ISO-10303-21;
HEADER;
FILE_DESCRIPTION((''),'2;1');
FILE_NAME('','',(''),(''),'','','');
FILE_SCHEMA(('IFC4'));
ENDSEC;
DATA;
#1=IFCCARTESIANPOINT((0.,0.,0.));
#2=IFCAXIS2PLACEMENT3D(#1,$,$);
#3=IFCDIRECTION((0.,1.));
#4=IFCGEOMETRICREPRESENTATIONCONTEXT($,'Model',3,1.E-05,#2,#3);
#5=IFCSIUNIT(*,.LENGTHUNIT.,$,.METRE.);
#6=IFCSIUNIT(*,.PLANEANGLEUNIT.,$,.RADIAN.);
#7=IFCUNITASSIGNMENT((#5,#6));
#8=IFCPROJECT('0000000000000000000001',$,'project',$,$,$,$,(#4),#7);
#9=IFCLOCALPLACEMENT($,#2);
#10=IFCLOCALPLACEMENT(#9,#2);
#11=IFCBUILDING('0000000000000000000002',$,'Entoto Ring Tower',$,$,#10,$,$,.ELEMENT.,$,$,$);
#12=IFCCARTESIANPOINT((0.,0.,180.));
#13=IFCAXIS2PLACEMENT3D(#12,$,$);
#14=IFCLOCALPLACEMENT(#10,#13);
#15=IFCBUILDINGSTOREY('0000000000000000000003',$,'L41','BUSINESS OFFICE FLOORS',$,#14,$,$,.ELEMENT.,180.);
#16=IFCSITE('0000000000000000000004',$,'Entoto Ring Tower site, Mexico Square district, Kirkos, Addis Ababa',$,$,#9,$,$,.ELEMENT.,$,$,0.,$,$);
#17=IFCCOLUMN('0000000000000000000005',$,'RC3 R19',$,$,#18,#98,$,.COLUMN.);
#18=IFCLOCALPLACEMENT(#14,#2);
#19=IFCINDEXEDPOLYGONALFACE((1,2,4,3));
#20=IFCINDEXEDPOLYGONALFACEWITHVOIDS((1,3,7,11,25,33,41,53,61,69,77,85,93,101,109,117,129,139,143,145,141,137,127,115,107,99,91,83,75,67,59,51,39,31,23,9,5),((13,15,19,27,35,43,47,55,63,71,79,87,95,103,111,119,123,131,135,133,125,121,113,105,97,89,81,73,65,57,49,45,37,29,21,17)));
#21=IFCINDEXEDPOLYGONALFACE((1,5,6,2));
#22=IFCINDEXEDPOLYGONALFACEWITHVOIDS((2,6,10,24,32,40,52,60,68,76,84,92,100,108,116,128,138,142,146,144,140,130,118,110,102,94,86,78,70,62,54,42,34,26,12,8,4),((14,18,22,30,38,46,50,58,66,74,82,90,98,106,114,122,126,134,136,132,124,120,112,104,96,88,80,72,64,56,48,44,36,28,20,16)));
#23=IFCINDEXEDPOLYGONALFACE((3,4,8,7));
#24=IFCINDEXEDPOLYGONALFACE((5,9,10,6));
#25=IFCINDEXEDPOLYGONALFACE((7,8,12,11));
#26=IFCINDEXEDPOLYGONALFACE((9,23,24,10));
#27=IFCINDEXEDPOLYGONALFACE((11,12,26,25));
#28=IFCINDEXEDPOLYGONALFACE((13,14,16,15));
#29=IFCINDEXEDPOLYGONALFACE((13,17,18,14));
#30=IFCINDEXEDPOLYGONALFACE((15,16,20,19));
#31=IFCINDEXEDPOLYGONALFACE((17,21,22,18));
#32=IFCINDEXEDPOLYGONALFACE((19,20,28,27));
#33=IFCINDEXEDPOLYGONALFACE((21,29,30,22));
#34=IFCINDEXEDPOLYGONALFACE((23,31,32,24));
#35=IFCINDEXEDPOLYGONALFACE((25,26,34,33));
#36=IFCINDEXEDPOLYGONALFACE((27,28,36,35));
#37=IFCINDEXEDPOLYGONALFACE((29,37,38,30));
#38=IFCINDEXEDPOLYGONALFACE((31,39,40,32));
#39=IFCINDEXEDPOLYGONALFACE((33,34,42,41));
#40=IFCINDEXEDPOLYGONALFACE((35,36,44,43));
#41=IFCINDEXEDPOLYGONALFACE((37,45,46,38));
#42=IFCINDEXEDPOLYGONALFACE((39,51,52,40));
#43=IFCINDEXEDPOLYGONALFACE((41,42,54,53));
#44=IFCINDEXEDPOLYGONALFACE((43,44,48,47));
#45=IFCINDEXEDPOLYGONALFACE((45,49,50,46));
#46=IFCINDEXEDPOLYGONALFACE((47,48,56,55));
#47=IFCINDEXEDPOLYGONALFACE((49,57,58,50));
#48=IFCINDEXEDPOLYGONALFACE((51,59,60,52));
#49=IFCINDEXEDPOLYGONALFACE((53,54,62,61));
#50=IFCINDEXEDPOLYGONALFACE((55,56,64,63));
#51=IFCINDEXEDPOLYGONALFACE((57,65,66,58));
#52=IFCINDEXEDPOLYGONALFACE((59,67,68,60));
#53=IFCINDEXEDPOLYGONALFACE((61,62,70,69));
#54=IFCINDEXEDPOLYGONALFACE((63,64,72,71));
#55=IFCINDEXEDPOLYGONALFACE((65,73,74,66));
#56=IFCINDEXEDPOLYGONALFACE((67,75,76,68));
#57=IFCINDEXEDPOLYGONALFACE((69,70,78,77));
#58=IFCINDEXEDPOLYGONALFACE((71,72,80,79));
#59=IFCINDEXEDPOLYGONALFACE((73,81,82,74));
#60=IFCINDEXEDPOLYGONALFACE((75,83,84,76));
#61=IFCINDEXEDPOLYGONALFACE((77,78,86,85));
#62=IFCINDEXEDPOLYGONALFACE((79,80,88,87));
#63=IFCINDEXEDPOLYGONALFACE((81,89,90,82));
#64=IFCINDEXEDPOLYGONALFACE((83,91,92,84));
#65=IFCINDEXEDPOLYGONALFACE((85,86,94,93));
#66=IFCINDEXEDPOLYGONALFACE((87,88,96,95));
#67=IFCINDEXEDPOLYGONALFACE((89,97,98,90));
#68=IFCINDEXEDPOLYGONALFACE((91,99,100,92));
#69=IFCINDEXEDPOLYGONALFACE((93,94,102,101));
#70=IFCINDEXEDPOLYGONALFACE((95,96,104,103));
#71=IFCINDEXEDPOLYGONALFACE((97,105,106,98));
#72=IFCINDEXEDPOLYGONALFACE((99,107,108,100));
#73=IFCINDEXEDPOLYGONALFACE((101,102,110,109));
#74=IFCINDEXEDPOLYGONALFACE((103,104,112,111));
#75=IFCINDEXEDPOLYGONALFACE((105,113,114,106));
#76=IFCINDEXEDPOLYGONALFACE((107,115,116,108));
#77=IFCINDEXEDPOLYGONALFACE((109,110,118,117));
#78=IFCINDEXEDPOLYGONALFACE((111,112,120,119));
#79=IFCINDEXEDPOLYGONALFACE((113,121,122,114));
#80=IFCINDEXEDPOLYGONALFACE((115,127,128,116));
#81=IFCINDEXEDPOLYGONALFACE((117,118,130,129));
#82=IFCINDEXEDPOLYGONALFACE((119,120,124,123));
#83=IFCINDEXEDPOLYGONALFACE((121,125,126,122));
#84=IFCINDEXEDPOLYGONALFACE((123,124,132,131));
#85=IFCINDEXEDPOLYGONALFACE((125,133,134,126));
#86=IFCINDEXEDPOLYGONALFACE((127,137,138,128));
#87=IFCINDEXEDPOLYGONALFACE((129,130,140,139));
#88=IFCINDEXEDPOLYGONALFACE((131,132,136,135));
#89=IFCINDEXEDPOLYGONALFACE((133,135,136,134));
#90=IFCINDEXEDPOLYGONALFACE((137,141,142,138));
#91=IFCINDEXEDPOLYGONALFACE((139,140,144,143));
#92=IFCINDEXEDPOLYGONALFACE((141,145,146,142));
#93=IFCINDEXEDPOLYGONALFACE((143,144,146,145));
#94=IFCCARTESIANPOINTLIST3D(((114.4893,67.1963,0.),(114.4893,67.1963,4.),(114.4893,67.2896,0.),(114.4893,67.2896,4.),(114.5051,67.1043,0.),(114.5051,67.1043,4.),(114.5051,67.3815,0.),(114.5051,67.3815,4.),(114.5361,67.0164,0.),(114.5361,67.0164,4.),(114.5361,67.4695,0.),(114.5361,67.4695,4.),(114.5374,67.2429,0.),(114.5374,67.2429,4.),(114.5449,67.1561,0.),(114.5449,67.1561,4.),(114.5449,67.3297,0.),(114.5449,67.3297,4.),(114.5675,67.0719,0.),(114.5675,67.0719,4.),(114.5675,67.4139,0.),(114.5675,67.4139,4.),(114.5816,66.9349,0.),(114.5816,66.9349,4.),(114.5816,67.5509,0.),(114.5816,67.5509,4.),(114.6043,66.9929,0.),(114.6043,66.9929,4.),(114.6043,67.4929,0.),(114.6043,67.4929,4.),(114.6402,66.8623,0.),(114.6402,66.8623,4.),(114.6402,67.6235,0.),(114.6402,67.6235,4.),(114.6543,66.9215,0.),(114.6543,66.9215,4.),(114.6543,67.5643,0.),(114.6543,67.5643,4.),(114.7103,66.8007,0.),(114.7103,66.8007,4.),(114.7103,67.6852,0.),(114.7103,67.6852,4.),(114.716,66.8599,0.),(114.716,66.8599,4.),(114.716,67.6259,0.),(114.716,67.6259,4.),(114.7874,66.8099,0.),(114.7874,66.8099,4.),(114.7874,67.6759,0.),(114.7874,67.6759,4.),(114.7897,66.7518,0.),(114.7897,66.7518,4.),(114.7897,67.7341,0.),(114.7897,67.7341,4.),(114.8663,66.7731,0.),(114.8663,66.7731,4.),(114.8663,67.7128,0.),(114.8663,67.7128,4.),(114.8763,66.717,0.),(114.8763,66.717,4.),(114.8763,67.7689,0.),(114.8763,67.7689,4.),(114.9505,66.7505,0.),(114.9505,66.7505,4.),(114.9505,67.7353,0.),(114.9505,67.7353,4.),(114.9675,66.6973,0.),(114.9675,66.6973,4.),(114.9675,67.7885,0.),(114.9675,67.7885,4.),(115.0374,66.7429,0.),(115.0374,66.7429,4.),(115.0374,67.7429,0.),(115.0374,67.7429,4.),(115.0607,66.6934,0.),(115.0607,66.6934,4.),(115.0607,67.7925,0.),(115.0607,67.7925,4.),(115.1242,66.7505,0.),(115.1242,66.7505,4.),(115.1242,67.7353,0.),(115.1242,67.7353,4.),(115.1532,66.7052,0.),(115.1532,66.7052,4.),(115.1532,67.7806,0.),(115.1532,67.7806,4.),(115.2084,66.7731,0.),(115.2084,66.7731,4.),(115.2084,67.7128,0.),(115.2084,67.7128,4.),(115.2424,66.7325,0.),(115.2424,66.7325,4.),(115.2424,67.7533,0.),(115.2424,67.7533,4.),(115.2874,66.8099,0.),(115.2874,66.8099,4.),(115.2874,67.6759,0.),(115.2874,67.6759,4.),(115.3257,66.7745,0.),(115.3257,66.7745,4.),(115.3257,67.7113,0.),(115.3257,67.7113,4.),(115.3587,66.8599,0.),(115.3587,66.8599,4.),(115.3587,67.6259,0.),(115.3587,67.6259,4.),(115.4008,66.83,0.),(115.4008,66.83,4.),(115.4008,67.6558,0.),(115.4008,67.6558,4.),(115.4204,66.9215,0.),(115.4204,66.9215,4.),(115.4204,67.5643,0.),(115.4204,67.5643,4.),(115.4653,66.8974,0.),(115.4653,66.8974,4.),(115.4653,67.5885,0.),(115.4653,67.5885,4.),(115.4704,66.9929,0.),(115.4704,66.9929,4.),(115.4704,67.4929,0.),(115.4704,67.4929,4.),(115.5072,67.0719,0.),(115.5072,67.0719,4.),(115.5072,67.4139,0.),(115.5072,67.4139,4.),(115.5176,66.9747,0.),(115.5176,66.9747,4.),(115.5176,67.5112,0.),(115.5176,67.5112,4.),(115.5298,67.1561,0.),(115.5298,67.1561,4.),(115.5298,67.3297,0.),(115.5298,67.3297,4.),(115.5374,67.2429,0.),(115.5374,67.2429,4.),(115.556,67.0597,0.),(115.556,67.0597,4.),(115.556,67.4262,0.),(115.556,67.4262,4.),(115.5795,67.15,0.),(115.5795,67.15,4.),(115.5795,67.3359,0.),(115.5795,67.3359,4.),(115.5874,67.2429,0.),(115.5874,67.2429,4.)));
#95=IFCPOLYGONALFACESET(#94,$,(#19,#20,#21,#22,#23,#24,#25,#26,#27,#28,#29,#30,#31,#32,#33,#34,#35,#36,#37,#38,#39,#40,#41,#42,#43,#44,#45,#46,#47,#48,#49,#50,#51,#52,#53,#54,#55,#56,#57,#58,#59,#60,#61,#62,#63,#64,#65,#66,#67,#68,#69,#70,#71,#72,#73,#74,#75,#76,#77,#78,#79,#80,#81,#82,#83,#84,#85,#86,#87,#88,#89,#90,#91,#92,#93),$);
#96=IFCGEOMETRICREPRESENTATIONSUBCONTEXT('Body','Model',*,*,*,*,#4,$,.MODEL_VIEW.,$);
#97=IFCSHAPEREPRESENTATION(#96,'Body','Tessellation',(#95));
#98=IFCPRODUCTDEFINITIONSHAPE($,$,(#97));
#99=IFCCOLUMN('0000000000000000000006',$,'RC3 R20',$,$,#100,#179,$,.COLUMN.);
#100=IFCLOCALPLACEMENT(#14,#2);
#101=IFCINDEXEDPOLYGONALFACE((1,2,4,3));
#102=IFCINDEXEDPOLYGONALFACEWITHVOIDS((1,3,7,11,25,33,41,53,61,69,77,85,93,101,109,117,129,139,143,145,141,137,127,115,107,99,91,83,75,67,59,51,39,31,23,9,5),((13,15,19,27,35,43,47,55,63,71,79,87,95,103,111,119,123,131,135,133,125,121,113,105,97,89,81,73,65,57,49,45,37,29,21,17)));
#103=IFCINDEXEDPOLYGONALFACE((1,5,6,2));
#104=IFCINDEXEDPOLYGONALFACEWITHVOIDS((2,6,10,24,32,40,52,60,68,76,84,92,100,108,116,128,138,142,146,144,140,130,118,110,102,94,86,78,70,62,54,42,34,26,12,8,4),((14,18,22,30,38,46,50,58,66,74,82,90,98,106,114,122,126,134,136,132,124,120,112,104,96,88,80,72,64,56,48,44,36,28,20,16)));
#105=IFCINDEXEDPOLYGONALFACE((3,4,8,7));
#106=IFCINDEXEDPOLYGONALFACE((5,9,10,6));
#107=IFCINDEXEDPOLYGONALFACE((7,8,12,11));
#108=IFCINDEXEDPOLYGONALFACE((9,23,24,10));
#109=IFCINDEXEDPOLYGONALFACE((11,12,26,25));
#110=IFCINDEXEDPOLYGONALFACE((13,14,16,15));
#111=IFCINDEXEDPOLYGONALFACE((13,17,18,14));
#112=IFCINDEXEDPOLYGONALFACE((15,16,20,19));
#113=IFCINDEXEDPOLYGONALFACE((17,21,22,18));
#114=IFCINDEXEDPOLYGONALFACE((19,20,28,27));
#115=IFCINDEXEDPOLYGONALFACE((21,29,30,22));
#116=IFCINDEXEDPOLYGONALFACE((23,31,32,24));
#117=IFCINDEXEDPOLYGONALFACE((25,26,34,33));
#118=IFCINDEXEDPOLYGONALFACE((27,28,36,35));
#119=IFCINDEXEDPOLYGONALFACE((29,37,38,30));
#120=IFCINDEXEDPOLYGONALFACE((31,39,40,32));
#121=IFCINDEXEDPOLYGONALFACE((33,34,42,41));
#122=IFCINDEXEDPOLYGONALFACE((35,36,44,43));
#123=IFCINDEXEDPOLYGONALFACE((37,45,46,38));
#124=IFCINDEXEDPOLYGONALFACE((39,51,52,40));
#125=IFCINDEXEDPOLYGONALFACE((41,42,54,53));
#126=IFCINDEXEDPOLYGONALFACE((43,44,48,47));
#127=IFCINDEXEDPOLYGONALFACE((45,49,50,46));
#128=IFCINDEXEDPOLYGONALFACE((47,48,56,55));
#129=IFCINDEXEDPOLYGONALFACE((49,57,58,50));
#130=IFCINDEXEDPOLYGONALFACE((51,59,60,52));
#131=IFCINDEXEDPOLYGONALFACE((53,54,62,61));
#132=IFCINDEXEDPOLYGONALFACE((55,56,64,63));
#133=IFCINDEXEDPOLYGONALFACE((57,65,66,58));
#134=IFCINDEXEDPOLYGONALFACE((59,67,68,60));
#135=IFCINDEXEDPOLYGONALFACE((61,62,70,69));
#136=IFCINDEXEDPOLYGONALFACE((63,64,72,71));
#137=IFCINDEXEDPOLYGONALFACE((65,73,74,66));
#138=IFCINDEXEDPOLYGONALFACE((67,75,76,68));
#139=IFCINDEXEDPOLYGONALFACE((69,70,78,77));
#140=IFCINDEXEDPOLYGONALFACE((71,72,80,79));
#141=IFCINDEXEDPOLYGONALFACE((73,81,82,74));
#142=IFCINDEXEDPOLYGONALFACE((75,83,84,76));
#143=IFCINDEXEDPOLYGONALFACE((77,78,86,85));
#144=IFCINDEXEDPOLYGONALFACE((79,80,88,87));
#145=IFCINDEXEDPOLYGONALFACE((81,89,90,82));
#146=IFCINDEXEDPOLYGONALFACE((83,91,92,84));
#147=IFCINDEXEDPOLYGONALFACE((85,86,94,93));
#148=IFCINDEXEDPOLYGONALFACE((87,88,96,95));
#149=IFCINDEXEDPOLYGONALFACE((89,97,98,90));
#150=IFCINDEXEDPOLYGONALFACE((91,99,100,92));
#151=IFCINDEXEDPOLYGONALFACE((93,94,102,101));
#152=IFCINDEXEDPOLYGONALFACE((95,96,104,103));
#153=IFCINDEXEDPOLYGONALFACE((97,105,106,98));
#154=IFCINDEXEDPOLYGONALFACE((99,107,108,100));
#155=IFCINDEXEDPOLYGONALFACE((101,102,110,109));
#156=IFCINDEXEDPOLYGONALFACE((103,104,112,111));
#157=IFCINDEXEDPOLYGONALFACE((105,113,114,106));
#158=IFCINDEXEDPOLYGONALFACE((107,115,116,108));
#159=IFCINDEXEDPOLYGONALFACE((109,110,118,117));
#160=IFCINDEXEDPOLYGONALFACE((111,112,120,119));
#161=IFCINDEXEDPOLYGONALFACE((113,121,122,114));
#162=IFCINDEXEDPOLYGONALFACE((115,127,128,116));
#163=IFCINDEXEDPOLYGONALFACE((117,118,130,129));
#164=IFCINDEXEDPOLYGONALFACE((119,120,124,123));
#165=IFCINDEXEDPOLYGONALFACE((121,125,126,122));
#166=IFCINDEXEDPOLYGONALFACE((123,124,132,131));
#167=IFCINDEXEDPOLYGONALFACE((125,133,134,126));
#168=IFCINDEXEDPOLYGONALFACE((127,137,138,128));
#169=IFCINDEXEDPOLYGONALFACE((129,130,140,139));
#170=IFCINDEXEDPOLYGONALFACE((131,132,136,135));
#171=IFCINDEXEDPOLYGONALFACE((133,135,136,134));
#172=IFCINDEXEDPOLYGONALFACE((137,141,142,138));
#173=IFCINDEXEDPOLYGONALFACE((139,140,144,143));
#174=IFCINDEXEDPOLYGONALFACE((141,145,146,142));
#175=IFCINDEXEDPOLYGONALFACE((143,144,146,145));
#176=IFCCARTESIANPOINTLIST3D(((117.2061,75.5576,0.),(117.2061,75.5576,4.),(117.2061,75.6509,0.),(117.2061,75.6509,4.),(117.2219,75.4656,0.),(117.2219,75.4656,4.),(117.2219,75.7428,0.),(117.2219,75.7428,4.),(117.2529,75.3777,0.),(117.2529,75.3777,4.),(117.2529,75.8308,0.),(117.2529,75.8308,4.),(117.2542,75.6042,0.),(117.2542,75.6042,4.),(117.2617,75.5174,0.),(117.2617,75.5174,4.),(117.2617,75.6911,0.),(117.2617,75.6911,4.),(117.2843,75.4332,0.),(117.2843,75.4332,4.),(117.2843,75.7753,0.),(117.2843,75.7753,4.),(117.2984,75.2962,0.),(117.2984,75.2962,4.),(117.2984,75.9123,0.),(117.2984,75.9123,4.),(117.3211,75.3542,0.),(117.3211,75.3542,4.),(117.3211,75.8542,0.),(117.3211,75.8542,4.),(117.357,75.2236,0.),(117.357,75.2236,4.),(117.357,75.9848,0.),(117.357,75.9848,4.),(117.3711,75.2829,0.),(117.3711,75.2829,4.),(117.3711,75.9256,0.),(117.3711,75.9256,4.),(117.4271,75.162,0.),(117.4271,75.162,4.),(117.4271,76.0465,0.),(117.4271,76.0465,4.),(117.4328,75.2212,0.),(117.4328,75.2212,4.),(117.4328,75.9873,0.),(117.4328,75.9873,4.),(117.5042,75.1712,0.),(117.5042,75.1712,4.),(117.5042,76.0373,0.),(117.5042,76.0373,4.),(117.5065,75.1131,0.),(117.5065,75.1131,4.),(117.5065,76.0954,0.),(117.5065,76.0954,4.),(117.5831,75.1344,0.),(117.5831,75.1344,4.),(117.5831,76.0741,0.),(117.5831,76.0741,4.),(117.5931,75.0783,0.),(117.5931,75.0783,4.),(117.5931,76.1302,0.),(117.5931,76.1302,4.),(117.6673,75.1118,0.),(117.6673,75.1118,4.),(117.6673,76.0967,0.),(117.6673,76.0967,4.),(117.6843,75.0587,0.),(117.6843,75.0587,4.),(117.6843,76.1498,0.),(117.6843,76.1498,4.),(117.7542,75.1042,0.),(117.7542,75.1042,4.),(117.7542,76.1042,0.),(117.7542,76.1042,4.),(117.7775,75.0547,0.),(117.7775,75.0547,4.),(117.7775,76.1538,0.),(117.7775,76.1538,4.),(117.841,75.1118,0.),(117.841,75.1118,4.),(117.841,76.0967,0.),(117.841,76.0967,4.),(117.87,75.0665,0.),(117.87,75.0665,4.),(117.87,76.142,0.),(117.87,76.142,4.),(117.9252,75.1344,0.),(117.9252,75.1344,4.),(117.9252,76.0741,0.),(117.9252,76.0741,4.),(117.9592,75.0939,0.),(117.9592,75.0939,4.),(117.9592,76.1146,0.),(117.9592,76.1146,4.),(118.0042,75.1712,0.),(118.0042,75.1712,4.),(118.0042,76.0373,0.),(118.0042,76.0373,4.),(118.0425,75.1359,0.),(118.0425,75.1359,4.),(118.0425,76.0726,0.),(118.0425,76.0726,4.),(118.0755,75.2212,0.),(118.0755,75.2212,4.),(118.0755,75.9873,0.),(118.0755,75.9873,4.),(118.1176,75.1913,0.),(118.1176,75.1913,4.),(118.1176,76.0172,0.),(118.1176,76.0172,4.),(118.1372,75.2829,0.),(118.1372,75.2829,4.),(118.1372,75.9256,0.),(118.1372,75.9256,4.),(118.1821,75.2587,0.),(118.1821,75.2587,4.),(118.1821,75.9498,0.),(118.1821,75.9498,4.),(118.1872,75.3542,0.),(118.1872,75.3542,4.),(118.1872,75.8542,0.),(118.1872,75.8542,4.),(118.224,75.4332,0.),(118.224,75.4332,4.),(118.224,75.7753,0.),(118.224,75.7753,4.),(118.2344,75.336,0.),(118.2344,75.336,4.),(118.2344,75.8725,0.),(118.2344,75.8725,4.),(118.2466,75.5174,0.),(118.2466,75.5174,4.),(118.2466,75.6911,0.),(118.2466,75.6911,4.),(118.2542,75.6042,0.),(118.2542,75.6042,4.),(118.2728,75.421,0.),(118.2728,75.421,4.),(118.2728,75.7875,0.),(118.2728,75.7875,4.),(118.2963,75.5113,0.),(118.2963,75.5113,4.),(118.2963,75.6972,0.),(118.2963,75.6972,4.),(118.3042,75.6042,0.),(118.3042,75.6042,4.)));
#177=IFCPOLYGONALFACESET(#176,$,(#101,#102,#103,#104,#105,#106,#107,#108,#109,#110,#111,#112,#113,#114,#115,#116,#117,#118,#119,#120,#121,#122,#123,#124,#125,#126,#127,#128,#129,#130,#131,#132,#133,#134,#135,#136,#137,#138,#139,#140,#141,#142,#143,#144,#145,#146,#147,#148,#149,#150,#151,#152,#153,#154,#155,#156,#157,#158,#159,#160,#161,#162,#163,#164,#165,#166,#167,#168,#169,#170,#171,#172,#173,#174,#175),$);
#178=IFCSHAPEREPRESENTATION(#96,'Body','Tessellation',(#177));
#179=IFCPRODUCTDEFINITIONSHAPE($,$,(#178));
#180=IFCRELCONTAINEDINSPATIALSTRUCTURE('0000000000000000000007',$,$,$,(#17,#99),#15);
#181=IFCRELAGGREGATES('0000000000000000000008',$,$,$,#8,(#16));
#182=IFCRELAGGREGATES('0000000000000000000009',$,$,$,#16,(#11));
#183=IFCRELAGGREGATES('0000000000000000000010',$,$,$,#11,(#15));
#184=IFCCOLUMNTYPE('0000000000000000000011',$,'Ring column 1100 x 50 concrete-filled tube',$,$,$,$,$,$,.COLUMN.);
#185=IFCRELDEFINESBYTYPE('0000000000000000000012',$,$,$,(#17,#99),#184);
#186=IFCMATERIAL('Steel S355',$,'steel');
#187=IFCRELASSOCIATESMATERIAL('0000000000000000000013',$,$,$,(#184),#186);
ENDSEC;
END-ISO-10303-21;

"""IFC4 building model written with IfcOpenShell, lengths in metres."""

from ifc_helpers import new_model, si_unit, direction, frame, origin, origin_2d, place, context, subcontext, project, spatial, circle, hollow_circle, extrude, material, material_profile, profile_set, type_object, element, save


model = new_model("IFC4")

# Units and contexts
model_context = context("Model", 3, precision=1e-05, world=origin(), true_north=direction((0.0, 1.0)))
body_context = subcontext(model_context, "Body", "Model", "MODEL_VIEW")
ifc_project = project(units=[si_unit("LENGTHUNIT", "METRE"), si_unit("PLANEANGLEUNIT", "RADIAN")], contexts=[model_context])

# Site, building, storey
site_placement = place(None, origin())
site = spatial("IfcSite", under=ifc_project, at=site_placement, Name="Entoto Ring Tower site, Mexico Square district, Kirkos, Addis Ababa", CompositionType="ELEMENT", RefElevation=0.0)
building_placement = place(site_placement, origin())
building = spatial("IfcBuilding", under=site, at=building_placement, Name="Entoto Ring Tower", CompositionType="ELEMENT")
storey_placement = place(building_placement, frame((0.0, 0.0, 180.0)))
storey = spatial("IfcBuildingStorey", under=building, at=storey_placement, Name="L41", Description="BUSINESS OFFICE FLOORS", CompositionType="ELEMENT", Elevation=180.0)

# Columns
ifc_material_1 = material(Name="Steel S355", Category="steel")
ifc_material_profile_1 = material_profile(ifc_material_1, hollow_circle(Radius=0.55, WallThickness=0.05, at=origin_2d()), Name="CHS 1100 x 50")
ifc_material_2 = material(Name="Concrete C60/75", Category="concrete")
ifc_material_profile_2 = material_profile(ifc_material_2, circle(Radius=0.5, at=origin_2d()), Name="Concrete C60/75 infill")
ifc_profile_set_1 = profile_set([ifc_material_profile_1, ifc_material_profile_2], Name="Steel S355")
column_type = type_object("IfcColumnType", Name="Ring column 1100 x 50 concrete-filled tube", PredefinedType="COLUMN", material=ifc_profile_set_1)
for number, where, z_axis, x_axis, name in (
    (1, (115.0374, 67.2429, 0.0), (0.0, 0.0, 1.0), (1.0, 0.0, 0.0), "RC3 R19"),
    (2, (117.7542, 75.6042, 0.0), (0.0, 0.0, 1.0), (1.0, 0.0, 0.0), "RC3 R20"),
):
    element("IfcColumn", number, at=place(storey_placement, frame(where, z_axis=z_axis, x_axis=x_axis)), inside=storey, type_object=column_type, Name=name, PredefinedType="COLUMN", context=body_context, shape_type="SweptSolid", body=[
        extrude(hollow_circle(Radius=0.55, WallThickness=0.05, at=origin_2d()), origin(), (0.0, 0.0, 1.0), 4.0),
    ])

save(model, "model.ifc")
